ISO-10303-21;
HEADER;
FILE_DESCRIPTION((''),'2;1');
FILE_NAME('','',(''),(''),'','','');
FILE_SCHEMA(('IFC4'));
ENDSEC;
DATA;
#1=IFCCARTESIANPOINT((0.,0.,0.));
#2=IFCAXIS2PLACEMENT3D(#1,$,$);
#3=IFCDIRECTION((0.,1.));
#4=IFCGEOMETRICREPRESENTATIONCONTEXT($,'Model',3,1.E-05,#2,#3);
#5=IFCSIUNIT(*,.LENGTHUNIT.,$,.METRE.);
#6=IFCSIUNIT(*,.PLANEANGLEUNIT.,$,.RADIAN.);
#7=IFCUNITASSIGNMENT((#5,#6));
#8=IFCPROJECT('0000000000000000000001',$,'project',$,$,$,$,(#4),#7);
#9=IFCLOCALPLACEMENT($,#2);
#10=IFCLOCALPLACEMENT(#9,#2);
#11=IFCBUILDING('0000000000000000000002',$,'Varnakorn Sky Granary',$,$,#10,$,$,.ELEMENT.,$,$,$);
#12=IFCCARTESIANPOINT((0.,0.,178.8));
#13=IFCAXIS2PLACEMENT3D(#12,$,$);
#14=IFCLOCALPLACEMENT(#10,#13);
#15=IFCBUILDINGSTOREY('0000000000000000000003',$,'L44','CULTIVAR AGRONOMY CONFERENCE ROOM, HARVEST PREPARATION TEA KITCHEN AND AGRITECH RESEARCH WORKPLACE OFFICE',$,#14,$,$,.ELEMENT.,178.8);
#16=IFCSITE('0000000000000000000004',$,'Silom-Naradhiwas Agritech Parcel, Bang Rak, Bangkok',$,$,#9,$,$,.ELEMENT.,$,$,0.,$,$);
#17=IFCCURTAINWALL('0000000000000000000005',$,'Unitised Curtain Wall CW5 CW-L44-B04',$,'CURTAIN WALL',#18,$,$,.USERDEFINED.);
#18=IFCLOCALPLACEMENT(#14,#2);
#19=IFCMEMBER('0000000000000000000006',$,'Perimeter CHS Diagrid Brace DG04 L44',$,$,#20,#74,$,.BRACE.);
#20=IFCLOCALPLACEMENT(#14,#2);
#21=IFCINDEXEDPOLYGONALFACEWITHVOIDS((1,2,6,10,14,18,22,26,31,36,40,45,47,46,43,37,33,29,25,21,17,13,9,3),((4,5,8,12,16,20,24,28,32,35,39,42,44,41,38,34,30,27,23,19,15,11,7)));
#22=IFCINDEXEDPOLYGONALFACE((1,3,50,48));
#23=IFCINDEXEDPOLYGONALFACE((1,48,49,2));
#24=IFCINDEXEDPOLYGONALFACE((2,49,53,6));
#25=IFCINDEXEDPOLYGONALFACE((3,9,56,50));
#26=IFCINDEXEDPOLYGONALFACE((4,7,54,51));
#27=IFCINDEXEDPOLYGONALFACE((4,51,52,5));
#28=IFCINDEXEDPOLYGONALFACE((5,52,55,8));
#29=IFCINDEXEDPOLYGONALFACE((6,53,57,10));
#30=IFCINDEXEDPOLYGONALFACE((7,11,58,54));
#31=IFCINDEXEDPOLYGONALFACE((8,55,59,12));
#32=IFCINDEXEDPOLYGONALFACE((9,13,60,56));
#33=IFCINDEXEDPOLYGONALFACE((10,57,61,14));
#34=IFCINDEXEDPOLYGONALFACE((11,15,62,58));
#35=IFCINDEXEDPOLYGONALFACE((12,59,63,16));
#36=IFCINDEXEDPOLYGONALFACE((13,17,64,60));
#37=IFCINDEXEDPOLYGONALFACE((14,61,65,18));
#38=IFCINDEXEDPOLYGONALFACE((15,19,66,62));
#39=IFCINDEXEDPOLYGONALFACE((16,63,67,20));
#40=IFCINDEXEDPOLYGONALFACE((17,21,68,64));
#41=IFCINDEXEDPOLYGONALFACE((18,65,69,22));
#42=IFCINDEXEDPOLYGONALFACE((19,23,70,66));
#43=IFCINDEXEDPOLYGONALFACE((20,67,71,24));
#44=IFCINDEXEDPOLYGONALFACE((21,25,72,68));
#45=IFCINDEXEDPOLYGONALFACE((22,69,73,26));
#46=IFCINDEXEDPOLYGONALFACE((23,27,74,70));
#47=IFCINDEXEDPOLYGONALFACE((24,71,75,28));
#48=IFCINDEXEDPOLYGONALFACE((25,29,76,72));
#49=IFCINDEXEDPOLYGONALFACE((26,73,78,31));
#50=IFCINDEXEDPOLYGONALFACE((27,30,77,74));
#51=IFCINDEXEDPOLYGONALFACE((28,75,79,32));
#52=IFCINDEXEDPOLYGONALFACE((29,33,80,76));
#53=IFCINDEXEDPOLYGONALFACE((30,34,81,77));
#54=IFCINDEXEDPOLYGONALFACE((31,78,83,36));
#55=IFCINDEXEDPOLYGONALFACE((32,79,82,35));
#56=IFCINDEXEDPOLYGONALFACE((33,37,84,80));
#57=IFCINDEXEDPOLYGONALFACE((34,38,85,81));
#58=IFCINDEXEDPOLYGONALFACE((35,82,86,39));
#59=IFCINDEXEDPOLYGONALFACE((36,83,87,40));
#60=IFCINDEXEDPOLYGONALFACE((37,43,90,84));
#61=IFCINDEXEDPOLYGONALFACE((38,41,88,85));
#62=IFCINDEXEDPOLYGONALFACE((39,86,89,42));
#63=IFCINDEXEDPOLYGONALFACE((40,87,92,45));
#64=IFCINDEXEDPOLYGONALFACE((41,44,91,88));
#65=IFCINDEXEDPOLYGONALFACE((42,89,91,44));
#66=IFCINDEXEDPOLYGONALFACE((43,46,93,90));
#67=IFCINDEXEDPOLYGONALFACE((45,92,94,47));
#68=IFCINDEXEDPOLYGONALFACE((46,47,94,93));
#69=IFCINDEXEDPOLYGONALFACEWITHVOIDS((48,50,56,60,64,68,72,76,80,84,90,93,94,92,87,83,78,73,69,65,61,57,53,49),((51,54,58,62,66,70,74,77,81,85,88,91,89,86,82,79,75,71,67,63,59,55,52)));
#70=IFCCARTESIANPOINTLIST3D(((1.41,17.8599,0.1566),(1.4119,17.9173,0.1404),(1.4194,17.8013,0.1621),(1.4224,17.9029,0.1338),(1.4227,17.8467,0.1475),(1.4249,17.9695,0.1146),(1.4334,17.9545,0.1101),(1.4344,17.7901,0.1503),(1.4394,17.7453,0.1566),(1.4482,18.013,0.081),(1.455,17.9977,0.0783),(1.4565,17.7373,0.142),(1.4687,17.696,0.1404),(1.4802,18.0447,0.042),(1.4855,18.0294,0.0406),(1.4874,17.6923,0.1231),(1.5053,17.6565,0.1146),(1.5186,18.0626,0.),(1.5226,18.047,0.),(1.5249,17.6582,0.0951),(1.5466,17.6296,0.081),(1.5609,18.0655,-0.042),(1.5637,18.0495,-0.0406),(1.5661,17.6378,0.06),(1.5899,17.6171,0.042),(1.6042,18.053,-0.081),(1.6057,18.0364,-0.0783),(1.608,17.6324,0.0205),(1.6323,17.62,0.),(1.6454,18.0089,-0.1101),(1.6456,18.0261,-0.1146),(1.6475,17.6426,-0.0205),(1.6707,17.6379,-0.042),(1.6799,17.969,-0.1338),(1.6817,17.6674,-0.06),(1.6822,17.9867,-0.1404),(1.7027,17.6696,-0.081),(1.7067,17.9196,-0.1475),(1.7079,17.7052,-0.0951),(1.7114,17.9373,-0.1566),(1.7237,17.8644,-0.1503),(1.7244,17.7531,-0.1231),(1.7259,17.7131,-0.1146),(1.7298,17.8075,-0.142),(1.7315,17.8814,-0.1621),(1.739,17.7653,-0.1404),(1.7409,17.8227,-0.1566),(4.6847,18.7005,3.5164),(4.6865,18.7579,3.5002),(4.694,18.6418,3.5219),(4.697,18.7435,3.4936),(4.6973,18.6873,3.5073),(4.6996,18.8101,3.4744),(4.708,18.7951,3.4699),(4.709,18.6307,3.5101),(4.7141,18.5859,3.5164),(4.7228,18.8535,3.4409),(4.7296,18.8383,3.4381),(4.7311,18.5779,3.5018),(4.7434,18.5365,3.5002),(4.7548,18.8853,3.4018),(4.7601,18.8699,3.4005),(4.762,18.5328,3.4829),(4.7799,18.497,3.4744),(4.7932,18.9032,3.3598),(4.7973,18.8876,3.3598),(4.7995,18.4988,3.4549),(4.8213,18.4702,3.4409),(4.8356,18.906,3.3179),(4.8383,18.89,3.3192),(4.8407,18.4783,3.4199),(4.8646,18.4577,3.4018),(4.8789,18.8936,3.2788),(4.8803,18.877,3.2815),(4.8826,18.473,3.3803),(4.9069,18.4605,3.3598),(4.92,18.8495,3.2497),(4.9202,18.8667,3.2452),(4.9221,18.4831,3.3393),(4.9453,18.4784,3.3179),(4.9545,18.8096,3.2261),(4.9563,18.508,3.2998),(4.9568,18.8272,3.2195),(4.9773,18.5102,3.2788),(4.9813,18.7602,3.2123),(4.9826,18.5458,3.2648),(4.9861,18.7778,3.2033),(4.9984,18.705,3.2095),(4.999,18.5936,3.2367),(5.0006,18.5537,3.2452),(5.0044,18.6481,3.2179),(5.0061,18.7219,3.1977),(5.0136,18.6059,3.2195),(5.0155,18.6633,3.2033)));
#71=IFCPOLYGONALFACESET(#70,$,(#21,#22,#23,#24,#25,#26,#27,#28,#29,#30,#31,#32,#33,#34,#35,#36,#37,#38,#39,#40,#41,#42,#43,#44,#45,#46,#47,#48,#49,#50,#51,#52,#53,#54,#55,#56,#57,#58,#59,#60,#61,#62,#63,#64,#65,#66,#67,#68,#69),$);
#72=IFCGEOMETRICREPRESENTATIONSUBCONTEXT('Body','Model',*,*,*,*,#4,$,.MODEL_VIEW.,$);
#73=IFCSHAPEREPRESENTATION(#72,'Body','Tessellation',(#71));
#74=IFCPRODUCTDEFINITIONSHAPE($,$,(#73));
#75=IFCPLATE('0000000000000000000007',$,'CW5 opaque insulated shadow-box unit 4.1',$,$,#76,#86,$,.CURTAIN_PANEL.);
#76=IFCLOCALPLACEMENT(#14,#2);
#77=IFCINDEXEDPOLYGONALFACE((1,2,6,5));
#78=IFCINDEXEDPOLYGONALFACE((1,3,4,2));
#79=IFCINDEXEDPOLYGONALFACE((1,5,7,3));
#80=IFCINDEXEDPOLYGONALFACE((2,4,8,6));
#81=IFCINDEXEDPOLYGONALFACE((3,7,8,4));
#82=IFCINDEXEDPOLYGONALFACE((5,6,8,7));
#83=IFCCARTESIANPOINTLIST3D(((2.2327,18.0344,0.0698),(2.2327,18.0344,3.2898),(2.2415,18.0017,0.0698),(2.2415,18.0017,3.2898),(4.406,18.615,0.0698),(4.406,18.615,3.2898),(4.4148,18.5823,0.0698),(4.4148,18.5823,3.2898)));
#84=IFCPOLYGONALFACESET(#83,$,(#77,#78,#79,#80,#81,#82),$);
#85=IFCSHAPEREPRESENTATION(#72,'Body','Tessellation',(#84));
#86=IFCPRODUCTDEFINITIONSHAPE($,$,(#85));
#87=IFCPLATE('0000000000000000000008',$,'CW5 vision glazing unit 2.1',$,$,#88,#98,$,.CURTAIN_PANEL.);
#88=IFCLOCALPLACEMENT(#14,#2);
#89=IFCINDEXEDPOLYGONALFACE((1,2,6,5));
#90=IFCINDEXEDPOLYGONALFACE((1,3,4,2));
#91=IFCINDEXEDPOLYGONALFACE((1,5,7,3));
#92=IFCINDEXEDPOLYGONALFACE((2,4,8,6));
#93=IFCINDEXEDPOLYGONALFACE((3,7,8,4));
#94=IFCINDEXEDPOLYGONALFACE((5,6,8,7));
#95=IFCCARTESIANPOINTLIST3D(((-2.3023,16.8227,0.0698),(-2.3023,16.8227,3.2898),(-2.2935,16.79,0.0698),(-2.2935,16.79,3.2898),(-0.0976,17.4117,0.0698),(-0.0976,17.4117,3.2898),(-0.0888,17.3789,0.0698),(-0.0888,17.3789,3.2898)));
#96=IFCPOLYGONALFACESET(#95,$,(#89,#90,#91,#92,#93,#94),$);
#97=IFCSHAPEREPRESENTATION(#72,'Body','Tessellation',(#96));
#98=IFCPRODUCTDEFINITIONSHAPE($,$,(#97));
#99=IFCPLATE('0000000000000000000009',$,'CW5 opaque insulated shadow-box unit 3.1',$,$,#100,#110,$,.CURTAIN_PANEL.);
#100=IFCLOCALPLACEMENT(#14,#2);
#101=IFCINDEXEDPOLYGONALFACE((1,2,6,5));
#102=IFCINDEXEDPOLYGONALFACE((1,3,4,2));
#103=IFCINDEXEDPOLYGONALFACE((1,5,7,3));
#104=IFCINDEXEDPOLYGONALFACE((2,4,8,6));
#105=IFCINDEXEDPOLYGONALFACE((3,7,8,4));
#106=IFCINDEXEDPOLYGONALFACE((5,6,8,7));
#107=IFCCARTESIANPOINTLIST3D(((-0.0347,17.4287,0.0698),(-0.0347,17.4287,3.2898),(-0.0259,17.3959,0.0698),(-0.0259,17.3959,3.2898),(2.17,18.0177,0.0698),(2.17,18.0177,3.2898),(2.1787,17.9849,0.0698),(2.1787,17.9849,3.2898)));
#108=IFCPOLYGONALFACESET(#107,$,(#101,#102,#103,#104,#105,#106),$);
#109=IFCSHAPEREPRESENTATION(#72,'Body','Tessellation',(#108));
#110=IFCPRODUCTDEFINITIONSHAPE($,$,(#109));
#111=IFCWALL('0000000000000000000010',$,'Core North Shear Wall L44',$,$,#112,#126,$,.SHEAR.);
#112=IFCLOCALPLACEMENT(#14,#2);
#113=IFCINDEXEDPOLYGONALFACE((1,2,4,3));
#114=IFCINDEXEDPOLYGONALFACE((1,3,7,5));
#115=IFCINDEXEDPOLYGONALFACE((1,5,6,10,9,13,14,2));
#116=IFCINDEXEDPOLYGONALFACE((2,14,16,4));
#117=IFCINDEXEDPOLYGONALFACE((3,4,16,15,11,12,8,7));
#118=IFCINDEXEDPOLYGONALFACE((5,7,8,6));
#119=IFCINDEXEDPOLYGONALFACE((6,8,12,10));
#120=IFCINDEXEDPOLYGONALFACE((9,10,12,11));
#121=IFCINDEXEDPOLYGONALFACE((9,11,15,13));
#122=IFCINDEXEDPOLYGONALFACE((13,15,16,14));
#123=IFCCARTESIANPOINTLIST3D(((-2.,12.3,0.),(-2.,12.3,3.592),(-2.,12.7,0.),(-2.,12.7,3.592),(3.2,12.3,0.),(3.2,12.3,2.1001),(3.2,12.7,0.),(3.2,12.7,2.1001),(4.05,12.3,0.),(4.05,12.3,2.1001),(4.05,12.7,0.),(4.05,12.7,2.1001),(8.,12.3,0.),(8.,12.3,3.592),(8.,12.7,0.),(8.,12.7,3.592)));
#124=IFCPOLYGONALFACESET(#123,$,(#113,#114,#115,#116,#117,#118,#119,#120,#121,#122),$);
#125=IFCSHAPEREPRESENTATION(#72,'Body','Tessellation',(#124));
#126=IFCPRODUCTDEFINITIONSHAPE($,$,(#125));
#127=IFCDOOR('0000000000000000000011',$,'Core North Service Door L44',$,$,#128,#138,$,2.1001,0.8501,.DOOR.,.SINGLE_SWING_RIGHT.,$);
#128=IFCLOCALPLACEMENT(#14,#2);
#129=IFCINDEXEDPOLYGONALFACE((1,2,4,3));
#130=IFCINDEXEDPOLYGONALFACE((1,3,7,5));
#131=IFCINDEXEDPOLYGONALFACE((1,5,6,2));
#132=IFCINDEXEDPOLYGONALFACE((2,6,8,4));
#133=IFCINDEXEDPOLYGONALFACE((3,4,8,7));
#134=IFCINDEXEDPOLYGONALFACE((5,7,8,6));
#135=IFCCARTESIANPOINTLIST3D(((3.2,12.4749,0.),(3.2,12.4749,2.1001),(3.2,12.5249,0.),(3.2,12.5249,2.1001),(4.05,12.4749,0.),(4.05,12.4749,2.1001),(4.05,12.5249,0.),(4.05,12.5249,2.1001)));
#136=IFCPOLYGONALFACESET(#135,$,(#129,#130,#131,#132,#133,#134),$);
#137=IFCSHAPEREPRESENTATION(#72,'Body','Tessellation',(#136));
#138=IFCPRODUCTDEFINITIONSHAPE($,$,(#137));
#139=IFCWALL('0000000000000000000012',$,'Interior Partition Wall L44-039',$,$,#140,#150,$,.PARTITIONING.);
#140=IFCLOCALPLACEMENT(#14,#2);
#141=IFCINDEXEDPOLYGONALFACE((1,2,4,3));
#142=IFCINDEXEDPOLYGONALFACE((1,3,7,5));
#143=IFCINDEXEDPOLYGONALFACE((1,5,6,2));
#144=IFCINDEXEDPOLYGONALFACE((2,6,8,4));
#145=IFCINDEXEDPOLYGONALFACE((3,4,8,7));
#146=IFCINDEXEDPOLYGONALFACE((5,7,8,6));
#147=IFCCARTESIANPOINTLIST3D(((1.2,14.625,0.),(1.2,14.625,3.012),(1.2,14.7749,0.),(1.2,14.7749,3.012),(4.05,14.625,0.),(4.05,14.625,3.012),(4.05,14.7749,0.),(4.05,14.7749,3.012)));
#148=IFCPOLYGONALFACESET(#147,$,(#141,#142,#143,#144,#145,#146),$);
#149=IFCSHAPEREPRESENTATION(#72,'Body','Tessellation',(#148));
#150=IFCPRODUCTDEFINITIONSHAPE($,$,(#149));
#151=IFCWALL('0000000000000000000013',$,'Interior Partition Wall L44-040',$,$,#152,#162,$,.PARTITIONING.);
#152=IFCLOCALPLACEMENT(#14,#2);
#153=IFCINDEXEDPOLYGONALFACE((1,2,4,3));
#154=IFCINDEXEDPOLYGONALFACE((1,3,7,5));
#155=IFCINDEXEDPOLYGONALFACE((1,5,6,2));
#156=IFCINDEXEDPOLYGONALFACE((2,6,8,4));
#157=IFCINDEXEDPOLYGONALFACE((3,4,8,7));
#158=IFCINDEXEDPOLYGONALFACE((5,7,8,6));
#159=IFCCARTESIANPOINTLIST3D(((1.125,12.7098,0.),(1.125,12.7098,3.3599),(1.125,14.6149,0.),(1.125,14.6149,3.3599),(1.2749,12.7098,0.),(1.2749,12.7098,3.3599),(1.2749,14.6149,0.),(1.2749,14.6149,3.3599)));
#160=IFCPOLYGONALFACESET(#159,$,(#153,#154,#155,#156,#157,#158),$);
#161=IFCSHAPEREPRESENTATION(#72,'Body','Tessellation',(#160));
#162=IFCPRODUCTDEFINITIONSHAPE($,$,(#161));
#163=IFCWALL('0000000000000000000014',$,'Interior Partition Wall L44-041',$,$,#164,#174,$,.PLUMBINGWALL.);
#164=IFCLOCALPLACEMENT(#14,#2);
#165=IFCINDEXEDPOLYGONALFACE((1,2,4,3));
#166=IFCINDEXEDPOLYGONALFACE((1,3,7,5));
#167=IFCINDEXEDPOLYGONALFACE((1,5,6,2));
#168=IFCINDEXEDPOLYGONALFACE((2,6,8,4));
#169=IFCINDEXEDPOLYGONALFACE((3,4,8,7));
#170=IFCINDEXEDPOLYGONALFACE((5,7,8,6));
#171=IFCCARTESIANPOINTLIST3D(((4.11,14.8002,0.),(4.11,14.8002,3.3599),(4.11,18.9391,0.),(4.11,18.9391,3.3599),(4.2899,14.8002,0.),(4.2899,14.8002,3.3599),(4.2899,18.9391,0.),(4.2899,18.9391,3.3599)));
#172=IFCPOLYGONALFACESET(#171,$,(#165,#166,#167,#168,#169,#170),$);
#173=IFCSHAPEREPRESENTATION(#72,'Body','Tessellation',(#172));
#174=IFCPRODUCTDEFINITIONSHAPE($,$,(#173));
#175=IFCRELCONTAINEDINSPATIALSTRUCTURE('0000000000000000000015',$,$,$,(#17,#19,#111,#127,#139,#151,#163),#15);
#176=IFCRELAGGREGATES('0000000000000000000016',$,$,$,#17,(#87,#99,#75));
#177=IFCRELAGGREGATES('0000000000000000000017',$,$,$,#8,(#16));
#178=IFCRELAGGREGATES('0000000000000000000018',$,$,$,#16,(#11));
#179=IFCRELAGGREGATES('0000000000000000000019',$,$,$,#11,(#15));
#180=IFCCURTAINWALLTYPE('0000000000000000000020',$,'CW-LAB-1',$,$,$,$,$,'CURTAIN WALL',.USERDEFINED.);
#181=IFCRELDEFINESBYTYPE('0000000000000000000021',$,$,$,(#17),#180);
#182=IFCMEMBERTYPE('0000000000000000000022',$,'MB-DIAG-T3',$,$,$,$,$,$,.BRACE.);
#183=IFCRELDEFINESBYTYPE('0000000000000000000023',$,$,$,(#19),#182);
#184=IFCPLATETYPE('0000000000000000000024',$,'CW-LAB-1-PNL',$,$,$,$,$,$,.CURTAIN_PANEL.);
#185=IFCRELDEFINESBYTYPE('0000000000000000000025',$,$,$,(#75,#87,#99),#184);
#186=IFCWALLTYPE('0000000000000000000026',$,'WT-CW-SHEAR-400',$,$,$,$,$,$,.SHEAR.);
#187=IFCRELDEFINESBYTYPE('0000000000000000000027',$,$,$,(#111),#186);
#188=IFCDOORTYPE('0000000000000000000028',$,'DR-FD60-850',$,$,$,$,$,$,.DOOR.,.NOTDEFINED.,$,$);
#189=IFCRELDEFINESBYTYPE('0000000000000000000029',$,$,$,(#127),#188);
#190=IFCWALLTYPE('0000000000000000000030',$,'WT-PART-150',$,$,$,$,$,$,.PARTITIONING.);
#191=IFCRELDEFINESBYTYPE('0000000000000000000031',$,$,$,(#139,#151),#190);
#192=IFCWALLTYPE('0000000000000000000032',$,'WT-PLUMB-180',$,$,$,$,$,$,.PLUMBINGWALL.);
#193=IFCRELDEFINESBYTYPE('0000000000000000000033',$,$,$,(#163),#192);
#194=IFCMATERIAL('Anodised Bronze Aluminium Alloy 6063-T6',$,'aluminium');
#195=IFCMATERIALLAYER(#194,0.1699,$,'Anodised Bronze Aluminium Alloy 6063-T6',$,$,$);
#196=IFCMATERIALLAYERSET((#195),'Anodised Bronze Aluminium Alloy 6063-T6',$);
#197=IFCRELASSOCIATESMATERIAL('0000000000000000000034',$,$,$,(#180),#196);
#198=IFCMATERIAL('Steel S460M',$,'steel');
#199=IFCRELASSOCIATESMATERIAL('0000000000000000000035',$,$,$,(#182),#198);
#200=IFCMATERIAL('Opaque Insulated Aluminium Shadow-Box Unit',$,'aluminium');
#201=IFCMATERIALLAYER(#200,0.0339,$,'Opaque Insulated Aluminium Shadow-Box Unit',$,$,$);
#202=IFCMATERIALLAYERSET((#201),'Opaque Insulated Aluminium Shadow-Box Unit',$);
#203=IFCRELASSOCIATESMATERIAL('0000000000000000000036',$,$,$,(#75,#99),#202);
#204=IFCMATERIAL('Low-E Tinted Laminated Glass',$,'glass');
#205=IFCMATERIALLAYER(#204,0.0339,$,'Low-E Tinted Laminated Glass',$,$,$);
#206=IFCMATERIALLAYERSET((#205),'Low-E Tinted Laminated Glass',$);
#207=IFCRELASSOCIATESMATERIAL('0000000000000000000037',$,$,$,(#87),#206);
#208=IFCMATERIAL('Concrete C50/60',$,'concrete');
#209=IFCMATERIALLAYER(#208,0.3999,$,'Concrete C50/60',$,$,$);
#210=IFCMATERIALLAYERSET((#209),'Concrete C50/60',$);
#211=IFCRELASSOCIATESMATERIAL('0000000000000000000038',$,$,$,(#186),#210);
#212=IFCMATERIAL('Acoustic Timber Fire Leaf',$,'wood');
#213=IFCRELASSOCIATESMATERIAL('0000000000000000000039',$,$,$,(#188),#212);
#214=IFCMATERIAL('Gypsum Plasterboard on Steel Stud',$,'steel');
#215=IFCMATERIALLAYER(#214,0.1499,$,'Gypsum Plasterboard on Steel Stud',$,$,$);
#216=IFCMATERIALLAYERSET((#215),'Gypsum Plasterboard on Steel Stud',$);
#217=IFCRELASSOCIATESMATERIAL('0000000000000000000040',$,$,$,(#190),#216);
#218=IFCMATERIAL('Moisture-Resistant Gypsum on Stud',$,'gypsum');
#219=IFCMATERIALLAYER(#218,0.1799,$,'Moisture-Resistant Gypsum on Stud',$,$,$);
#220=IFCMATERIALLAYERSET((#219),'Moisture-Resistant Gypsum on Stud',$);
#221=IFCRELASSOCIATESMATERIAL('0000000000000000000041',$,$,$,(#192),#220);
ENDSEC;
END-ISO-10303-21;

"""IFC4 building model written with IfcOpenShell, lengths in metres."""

from ifc_helpers import new_model, si_unit, direction, frame, frame_2d, origin, origin_2d, place, context, subcontext, project, spatial, rectangle, hollow_circle, extrude, source, transform, mapped, material, layer, layer_set, material_profile, profile_set, type_object, type_shapes, element, fill, aggregate, save


model = new_model("IFC4")

# Units and contexts
model_context = context("Model", 3, precision=1e-05, world=origin(), true_north=direction((0.0, 1.0)))
body_context = subcontext(model_context, "Body", "Model", "MODEL_VIEW")
ifc_project = project(units=[si_unit("LENGTHUNIT", "METRE"), si_unit("PLANEANGLEUNIT", "RADIAN")], contexts=[model_context])

# Site, building, storey
site_placement = place(None, origin())
site = spatial("IfcSite", under=ifc_project, at=site_placement, Name="Silom-Naradhiwas Agritech Parcel, Bang Rak, Bangkok", CompositionType="ELEMENT", RefElevation=0.0)
building_placement = place(site_placement, origin())
building = spatial("IfcBuilding", under=site, at=building_placement, Name="Varnakorn Sky Granary", CompositionType="ELEMENT")
storey_placement = place(building_placement, frame((0.0, 0.0, 178.8)))
storey = spatial("IfcBuildingStorey", under=building, at=storey_placement, Name="L44", Description="CULTIVAR AGRONOMY CONFERENCE ROOM, HARVEST PREPARATION TEA KITCHEN AND AGRITECH RESEARCH WORKPLACE OFFICE", CompositionType="ELEMENT", Elevation=178.8)

# Curtain wall
ifc_material_1 = material(Name="Anodised Bronze Aluminium Alloy 6063-T6", Category="aluminium")
ifc_layer_1 = layer(ifc_material_1, 0.1699, Name="Anodised Bronze Aluminium Alloy 6063-T6")
ifc_layer_set_1 = layer_set([ifc_layer_1], Name="Anodised Bronze Aluminium Alloy 6063-T6")
curtain_wall_type = type_object("IfcCurtainWallType", Name="CW-LAB-1", ElementType="CURTAIN WALL", PredefinedType="USERDEFINED", material=ifc_layer_set_1)
curtain_wall_placement = place(storey_placement, origin())
curtain_wall = element("IfcCurtainWall", 1, at=curtain_wall_placement, inside=storey, type_object=curtain_wall_type, Name="Unitised Curtain Wall CW5 CW-L44-B04", ObjectType="CURTAIN WALL", PredefinedType="USERDEFINED")

# Member
ifc_material_2 = material(Name="Steel S460M", Category="steel")
ifc_material_profile_1 = material_profile(ifc_material_2, hollow_circle(Radius=0.2285, WallThickness=0.0161, at=origin_2d()), Name="CHS 457x16")
ifc_profile_set_1 = profile_set([ifc_material_profile_1], Name="Steel S460M")
member_type_1 = type_object("IfcMemberType", Name="MB-DIAG-T3", PredefinedType="BRACE", material=ifc_profile_set_1)
member_1_placement = place(storey_placement, frame((1.5754, 17.8413, 0.0), z_axis=(0.687029, 0.176354, 0.704905), x_axis=(-0.248631, 0.968598, 0.0)))
element("IfcMember", 2, at=member_1_placement, inside=storey, type_object=member_type_1, Name="Perimeter CHS Diagrid Brace DG04 L44", PredefinedType="BRACE", context=body_context, shape_type="SweptSolid", body=[
    extrude(hollow_circle(Radius=0.2285, WallThickness=0.0161, at=origin_2d()), origin(), (0.0, 0.0, 1.0), 4.7664),
])

# Plates
ifc_material_3 = material(Name="Opaque Insulated Aluminium Shadow-Box Unit", Category="aluminium")
ifc_layer_2 = layer(ifc_material_3, 0.0339, Name="Opaque Insulated Aluminium Shadow-Box Unit")
ifc_layer_set_2 = layer_set([ifc_layer_2], Name="Opaque Insulated Aluminium Shadow-Box Unit")
plate_type = type_object("IfcPlateType", Name="CW-LAB-1-PNL", PredefinedType="CURTAIN_PANEL")
shared_shape_1 = source(origin(), body_context, "Body", "SweptSolid", [
    extrude(rectangle(XDim=2.2495, YDim=0.0339, at=origin_2d()), origin(), (0.0, 0.0, 1.0), 3.22),
])
plate_1_placement = place(storey_placement, frame((3.3237, 18.3083, 0.0698), z_axis=(0.0, 0.0, 1.0), x_axis=(0.966119, 0.258096, 0.0)))
plate_1 = element("IfcPlate", 3, at=plate_1_placement, type_object=plate_type, material=ifc_layer_set_2, Name="CW5 opaque insulated shadow-box unit 4.1", PredefinedType="CURTAIN_PANEL", context=body_context, shape_type="MappedRepresentation", body=[
    mapped(shared_shape_1, transform((0.0, 0.0, 0.0), x_axis=(1.0, 0.0, 0.0), y_axis=(0.0, 1.0, 0.0), z_axis=(0.0, 0.0, 1.0), scale=1.0)),
])
ifc_material_4 = material(Name="Low-E Tinted Laminated Glass", Category="glass")
ifc_layer_3 = layer(ifc_material_4, 0.0339, Name="Low-E Tinted Laminated Glass")
ifc_layer_set_3 = layer_set([ifc_layer_3], Name="Low-E Tinted Laminated Glass")
shared_shape_2 = source(origin(), body_context, "Body", "SweptSolid", [
    extrude(rectangle(XDim=2.282, YDim=0.0339, at=origin_2d()), origin(), (0.0, 0.0, 1.0), 3.22),
])
type_shapes(plate_type, [shared_shape_1, shared_shape_2])
plate_2_placement = place(storey_placement, frame((-1.1956, 17.1008, 0.0698), z_axis=(0.0, 0.0, 1.0), x_axis=(0.966119, 0.258096, 0.0)))
plate_2 = element("IfcPlate", 4, at=plate_2_placement, type_object=plate_type, material=ifc_layer_set_3, Name="CW5 vision glazing unit 2.1", PredefinedType="CURTAIN_PANEL", context=body_context, shape_type="MappedRepresentation", body=[
    mapped(shared_shape_2, transform((0.0, 0.0, 0.0), x_axis=(1.0, 0.0, 0.0), y_axis=(0.0, 1.0, 0.0), z_axis=(0.0, 0.0, 1.0), scale=1.0)),
])
plate_3_placement = place(storey_placement, frame((1.072, 17.7068, 0.0698), z_axis=(0.0, 0.0, 1.0), x_axis=(0.966119, 0.258096, 0.0)))
plate_3 = element("IfcPlate", 5, at=plate_3_placement, type_object=plate_type, material=ifc_layer_set_2, Name="CW5 opaque insulated shadow-box unit 3.1", PredefinedType="CURTAIN_PANEL", context=body_context, shape_type="MappedRepresentation", body=[
    mapped(shared_shape_2, transform((0.0, 0.0, 0.0), x_axis=(1.0, 0.0, 0.0), y_axis=(0.0, 1.0, 0.0), z_axis=(0.0, 0.0, 1.0), scale=1.0)),
])
aggregate(curtain_wall, [plate_2, plate_3, plate_1])

# Wall, opening, door
ifc_material_5 = material(Name="Concrete C50/60", Category="concrete")
ifc_layer_4 = layer(ifc_material_5, 0.3999, Name="Concrete C50/60")
ifc_layer_set_4 = layer_set([ifc_layer_4], Name="Concrete C50/60")
wall_type_1 = type_object("IfcWallType", Name="WT-CW-SHEAR-400", PredefinedType="SHEAR", material=ifc_layer_set_4)
wall_1_placement = place(storey_placement, frame((-2.0, 12.5, 0.0), z_axis=(0.0, 0.0, 1.0), x_axis=(1.0, 0.0, 0.0)))
wall_1 = element("IfcWall", 6, at=wall_1_placement, inside=storey, type_object=wall_type_1, Name="Core North Shear Wall L44", PredefinedType="SHEAR", context=body_context, shape_type="SweptSolid", body=[
    extrude(rectangle(XDim=10.0, YDim=0.3999, at=frame_2d((5.0, 0.0))), origin(), (0.0, 0.0, 1.0), 3.592),
])
opening_placement = place(wall_1_placement, frame((5.2, 0.0, 0.0)))
opening = element("IfcOpeningElement", 7, at=opening_placement, cuts=wall_1, PredefinedType="OPENING", context=body_context, shape_type="SweptSolid", body=[
    extrude(rectangle(XDim=0.8501, YDim=2.1001, at=frame_2d((0.425, 1.05))), frame((0.0, 0.21, 0.0), z_axis=(0.0, -1.0, 0.0), x_axis=(1.0, 0.0, 0.0)), (0.0, 0.0, 1.0), 0.4199),
])
ifc_material_6 = material(Name="Acoustic Timber Fire Leaf", Category="wood")
door_type = type_object("IfcDoorType", Name="DR-FD60-850", OperationType="NOTDEFINED", PredefinedType="DOOR", material=ifc_material_6)
door_placement = place(opening_placement, origin())
door = element("IfcDoor", 8, at=door_placement, inside=storey, type_object=door_type, Name="Core North Service Door L44", OperationType="SINGLE_SWING_RIGHT", OverallHeight=2.1001, OverallWidth=0.8501, PredefinedType="DOOR", context=body_context, shape_type="SweptSolid", body=[
    extrude(rectangle(XDim=0.8501, YDim=2.1001, at=frame_2d((0.425, 1.05))), frame((0.0, 0.0249, 0.0), z_axis=(0.0, -1.0, 0.0), x_axis=(1.0, 0.0, 0.0)), (0.0, 0.0, 1.0), 0.05),
])
fill(opening, door)

# Walls
ifc_material_7 = material(Name="Gypsum Plasterboard on Steel Stud", Category="steel")
ifc_layer_5 = layer(ifc_material_7, 0.1499, Name="Gypsum Plasterboard on Steel Stud")
ifc_layer_set_5 = layer_set([ifc_layer_5], Name="Gypsum Plasterboard on Steel Stud")
wall_type_2 = type_object("IfcWallType", Name="WT-PART-150", PredefinedType="PARTITIONING", material=ifc_layer_set_5)
wall_2_placement = place(storey_placement, frame((4.05, 14.7, 0.0), z_axis=(0.0, 0.0, 1.0), x_axis=(-1.0, 0.0, 0.0)))
element("IfcWall", 9, at=wall_2_placement, inside=storey, type_object=wall_type_2, Name="Interior Partition Wall L44-039", PredefinedType="PARTITIONING", context=body_context, shape_type="SweptSolid", body=[
    extrude(rectangle(XDim=2.8501, YDim=0.1499, at=frame_2d((1.425, 0.0))), origin(), (0.0, 0.0, 1.0), 3.012),
])
wall_3_placement = place(storey_placement, frame((1.2, 14.615, 0.0), z_axis=(0.0, 0.0, 1.0), x_axis=(0.0, -1.0, 0.0)))
element("IfcWall", 10, at=wall_3_placement, inside=storey, type_object=wall_type_2, Name="Interior Partition Wall L44-040", PredefinedType="PARTITIONING", context=body_context, shape_type="SweptSolid", body=[
    extrude(rectangle(XDim=1.905, YDim=0.1499, at=frame_2d((0.9526, 0.0))), origin(), (0.0, 0.0, 1.0), 3.3599),
])
ifc_material_8 = material(Name="Moisture-Resistant Gypsum on Stud", Category="gypsum")
ifc_layer_6 = layer(ifc_material_8, 0.1799, Name="Moisture-Resistant Gypsum on Stud")
ifc_layer_set_6 = layer_set([ifc_layer_6], Name="Moisture-Resistant Gypsum on Stud")
wall_type_3 = type_object("IfcWallType", Name="WT-PLUMB-180", PredefinedType="PLUMBINGWALL", material=ifc_layer_set_6)
wall_4_placement = place(storey_placement, frame((4.2, 18.939, 0.0), z_axis=(0.0, 0.0, 1.0), x_axis=(0.0, -1.0, 0.0)))
element("IfcWall", 11, at=wall_4_placement, inside=storey, type_object=wall_type_3, Name="Interior Partition Wall L44-041", PredefinedType="PLUMBINGWALL", context=body_context, shape_type="SweptSolid", body=[
    extrude(rectangle(XDim=4.1389, YDim=0.1799, at=frame_2d((2.0693, 0.0))), origin(), (0.0, 0.0, 1.0), 3.3599),
])

save(model, "model.ifc")
